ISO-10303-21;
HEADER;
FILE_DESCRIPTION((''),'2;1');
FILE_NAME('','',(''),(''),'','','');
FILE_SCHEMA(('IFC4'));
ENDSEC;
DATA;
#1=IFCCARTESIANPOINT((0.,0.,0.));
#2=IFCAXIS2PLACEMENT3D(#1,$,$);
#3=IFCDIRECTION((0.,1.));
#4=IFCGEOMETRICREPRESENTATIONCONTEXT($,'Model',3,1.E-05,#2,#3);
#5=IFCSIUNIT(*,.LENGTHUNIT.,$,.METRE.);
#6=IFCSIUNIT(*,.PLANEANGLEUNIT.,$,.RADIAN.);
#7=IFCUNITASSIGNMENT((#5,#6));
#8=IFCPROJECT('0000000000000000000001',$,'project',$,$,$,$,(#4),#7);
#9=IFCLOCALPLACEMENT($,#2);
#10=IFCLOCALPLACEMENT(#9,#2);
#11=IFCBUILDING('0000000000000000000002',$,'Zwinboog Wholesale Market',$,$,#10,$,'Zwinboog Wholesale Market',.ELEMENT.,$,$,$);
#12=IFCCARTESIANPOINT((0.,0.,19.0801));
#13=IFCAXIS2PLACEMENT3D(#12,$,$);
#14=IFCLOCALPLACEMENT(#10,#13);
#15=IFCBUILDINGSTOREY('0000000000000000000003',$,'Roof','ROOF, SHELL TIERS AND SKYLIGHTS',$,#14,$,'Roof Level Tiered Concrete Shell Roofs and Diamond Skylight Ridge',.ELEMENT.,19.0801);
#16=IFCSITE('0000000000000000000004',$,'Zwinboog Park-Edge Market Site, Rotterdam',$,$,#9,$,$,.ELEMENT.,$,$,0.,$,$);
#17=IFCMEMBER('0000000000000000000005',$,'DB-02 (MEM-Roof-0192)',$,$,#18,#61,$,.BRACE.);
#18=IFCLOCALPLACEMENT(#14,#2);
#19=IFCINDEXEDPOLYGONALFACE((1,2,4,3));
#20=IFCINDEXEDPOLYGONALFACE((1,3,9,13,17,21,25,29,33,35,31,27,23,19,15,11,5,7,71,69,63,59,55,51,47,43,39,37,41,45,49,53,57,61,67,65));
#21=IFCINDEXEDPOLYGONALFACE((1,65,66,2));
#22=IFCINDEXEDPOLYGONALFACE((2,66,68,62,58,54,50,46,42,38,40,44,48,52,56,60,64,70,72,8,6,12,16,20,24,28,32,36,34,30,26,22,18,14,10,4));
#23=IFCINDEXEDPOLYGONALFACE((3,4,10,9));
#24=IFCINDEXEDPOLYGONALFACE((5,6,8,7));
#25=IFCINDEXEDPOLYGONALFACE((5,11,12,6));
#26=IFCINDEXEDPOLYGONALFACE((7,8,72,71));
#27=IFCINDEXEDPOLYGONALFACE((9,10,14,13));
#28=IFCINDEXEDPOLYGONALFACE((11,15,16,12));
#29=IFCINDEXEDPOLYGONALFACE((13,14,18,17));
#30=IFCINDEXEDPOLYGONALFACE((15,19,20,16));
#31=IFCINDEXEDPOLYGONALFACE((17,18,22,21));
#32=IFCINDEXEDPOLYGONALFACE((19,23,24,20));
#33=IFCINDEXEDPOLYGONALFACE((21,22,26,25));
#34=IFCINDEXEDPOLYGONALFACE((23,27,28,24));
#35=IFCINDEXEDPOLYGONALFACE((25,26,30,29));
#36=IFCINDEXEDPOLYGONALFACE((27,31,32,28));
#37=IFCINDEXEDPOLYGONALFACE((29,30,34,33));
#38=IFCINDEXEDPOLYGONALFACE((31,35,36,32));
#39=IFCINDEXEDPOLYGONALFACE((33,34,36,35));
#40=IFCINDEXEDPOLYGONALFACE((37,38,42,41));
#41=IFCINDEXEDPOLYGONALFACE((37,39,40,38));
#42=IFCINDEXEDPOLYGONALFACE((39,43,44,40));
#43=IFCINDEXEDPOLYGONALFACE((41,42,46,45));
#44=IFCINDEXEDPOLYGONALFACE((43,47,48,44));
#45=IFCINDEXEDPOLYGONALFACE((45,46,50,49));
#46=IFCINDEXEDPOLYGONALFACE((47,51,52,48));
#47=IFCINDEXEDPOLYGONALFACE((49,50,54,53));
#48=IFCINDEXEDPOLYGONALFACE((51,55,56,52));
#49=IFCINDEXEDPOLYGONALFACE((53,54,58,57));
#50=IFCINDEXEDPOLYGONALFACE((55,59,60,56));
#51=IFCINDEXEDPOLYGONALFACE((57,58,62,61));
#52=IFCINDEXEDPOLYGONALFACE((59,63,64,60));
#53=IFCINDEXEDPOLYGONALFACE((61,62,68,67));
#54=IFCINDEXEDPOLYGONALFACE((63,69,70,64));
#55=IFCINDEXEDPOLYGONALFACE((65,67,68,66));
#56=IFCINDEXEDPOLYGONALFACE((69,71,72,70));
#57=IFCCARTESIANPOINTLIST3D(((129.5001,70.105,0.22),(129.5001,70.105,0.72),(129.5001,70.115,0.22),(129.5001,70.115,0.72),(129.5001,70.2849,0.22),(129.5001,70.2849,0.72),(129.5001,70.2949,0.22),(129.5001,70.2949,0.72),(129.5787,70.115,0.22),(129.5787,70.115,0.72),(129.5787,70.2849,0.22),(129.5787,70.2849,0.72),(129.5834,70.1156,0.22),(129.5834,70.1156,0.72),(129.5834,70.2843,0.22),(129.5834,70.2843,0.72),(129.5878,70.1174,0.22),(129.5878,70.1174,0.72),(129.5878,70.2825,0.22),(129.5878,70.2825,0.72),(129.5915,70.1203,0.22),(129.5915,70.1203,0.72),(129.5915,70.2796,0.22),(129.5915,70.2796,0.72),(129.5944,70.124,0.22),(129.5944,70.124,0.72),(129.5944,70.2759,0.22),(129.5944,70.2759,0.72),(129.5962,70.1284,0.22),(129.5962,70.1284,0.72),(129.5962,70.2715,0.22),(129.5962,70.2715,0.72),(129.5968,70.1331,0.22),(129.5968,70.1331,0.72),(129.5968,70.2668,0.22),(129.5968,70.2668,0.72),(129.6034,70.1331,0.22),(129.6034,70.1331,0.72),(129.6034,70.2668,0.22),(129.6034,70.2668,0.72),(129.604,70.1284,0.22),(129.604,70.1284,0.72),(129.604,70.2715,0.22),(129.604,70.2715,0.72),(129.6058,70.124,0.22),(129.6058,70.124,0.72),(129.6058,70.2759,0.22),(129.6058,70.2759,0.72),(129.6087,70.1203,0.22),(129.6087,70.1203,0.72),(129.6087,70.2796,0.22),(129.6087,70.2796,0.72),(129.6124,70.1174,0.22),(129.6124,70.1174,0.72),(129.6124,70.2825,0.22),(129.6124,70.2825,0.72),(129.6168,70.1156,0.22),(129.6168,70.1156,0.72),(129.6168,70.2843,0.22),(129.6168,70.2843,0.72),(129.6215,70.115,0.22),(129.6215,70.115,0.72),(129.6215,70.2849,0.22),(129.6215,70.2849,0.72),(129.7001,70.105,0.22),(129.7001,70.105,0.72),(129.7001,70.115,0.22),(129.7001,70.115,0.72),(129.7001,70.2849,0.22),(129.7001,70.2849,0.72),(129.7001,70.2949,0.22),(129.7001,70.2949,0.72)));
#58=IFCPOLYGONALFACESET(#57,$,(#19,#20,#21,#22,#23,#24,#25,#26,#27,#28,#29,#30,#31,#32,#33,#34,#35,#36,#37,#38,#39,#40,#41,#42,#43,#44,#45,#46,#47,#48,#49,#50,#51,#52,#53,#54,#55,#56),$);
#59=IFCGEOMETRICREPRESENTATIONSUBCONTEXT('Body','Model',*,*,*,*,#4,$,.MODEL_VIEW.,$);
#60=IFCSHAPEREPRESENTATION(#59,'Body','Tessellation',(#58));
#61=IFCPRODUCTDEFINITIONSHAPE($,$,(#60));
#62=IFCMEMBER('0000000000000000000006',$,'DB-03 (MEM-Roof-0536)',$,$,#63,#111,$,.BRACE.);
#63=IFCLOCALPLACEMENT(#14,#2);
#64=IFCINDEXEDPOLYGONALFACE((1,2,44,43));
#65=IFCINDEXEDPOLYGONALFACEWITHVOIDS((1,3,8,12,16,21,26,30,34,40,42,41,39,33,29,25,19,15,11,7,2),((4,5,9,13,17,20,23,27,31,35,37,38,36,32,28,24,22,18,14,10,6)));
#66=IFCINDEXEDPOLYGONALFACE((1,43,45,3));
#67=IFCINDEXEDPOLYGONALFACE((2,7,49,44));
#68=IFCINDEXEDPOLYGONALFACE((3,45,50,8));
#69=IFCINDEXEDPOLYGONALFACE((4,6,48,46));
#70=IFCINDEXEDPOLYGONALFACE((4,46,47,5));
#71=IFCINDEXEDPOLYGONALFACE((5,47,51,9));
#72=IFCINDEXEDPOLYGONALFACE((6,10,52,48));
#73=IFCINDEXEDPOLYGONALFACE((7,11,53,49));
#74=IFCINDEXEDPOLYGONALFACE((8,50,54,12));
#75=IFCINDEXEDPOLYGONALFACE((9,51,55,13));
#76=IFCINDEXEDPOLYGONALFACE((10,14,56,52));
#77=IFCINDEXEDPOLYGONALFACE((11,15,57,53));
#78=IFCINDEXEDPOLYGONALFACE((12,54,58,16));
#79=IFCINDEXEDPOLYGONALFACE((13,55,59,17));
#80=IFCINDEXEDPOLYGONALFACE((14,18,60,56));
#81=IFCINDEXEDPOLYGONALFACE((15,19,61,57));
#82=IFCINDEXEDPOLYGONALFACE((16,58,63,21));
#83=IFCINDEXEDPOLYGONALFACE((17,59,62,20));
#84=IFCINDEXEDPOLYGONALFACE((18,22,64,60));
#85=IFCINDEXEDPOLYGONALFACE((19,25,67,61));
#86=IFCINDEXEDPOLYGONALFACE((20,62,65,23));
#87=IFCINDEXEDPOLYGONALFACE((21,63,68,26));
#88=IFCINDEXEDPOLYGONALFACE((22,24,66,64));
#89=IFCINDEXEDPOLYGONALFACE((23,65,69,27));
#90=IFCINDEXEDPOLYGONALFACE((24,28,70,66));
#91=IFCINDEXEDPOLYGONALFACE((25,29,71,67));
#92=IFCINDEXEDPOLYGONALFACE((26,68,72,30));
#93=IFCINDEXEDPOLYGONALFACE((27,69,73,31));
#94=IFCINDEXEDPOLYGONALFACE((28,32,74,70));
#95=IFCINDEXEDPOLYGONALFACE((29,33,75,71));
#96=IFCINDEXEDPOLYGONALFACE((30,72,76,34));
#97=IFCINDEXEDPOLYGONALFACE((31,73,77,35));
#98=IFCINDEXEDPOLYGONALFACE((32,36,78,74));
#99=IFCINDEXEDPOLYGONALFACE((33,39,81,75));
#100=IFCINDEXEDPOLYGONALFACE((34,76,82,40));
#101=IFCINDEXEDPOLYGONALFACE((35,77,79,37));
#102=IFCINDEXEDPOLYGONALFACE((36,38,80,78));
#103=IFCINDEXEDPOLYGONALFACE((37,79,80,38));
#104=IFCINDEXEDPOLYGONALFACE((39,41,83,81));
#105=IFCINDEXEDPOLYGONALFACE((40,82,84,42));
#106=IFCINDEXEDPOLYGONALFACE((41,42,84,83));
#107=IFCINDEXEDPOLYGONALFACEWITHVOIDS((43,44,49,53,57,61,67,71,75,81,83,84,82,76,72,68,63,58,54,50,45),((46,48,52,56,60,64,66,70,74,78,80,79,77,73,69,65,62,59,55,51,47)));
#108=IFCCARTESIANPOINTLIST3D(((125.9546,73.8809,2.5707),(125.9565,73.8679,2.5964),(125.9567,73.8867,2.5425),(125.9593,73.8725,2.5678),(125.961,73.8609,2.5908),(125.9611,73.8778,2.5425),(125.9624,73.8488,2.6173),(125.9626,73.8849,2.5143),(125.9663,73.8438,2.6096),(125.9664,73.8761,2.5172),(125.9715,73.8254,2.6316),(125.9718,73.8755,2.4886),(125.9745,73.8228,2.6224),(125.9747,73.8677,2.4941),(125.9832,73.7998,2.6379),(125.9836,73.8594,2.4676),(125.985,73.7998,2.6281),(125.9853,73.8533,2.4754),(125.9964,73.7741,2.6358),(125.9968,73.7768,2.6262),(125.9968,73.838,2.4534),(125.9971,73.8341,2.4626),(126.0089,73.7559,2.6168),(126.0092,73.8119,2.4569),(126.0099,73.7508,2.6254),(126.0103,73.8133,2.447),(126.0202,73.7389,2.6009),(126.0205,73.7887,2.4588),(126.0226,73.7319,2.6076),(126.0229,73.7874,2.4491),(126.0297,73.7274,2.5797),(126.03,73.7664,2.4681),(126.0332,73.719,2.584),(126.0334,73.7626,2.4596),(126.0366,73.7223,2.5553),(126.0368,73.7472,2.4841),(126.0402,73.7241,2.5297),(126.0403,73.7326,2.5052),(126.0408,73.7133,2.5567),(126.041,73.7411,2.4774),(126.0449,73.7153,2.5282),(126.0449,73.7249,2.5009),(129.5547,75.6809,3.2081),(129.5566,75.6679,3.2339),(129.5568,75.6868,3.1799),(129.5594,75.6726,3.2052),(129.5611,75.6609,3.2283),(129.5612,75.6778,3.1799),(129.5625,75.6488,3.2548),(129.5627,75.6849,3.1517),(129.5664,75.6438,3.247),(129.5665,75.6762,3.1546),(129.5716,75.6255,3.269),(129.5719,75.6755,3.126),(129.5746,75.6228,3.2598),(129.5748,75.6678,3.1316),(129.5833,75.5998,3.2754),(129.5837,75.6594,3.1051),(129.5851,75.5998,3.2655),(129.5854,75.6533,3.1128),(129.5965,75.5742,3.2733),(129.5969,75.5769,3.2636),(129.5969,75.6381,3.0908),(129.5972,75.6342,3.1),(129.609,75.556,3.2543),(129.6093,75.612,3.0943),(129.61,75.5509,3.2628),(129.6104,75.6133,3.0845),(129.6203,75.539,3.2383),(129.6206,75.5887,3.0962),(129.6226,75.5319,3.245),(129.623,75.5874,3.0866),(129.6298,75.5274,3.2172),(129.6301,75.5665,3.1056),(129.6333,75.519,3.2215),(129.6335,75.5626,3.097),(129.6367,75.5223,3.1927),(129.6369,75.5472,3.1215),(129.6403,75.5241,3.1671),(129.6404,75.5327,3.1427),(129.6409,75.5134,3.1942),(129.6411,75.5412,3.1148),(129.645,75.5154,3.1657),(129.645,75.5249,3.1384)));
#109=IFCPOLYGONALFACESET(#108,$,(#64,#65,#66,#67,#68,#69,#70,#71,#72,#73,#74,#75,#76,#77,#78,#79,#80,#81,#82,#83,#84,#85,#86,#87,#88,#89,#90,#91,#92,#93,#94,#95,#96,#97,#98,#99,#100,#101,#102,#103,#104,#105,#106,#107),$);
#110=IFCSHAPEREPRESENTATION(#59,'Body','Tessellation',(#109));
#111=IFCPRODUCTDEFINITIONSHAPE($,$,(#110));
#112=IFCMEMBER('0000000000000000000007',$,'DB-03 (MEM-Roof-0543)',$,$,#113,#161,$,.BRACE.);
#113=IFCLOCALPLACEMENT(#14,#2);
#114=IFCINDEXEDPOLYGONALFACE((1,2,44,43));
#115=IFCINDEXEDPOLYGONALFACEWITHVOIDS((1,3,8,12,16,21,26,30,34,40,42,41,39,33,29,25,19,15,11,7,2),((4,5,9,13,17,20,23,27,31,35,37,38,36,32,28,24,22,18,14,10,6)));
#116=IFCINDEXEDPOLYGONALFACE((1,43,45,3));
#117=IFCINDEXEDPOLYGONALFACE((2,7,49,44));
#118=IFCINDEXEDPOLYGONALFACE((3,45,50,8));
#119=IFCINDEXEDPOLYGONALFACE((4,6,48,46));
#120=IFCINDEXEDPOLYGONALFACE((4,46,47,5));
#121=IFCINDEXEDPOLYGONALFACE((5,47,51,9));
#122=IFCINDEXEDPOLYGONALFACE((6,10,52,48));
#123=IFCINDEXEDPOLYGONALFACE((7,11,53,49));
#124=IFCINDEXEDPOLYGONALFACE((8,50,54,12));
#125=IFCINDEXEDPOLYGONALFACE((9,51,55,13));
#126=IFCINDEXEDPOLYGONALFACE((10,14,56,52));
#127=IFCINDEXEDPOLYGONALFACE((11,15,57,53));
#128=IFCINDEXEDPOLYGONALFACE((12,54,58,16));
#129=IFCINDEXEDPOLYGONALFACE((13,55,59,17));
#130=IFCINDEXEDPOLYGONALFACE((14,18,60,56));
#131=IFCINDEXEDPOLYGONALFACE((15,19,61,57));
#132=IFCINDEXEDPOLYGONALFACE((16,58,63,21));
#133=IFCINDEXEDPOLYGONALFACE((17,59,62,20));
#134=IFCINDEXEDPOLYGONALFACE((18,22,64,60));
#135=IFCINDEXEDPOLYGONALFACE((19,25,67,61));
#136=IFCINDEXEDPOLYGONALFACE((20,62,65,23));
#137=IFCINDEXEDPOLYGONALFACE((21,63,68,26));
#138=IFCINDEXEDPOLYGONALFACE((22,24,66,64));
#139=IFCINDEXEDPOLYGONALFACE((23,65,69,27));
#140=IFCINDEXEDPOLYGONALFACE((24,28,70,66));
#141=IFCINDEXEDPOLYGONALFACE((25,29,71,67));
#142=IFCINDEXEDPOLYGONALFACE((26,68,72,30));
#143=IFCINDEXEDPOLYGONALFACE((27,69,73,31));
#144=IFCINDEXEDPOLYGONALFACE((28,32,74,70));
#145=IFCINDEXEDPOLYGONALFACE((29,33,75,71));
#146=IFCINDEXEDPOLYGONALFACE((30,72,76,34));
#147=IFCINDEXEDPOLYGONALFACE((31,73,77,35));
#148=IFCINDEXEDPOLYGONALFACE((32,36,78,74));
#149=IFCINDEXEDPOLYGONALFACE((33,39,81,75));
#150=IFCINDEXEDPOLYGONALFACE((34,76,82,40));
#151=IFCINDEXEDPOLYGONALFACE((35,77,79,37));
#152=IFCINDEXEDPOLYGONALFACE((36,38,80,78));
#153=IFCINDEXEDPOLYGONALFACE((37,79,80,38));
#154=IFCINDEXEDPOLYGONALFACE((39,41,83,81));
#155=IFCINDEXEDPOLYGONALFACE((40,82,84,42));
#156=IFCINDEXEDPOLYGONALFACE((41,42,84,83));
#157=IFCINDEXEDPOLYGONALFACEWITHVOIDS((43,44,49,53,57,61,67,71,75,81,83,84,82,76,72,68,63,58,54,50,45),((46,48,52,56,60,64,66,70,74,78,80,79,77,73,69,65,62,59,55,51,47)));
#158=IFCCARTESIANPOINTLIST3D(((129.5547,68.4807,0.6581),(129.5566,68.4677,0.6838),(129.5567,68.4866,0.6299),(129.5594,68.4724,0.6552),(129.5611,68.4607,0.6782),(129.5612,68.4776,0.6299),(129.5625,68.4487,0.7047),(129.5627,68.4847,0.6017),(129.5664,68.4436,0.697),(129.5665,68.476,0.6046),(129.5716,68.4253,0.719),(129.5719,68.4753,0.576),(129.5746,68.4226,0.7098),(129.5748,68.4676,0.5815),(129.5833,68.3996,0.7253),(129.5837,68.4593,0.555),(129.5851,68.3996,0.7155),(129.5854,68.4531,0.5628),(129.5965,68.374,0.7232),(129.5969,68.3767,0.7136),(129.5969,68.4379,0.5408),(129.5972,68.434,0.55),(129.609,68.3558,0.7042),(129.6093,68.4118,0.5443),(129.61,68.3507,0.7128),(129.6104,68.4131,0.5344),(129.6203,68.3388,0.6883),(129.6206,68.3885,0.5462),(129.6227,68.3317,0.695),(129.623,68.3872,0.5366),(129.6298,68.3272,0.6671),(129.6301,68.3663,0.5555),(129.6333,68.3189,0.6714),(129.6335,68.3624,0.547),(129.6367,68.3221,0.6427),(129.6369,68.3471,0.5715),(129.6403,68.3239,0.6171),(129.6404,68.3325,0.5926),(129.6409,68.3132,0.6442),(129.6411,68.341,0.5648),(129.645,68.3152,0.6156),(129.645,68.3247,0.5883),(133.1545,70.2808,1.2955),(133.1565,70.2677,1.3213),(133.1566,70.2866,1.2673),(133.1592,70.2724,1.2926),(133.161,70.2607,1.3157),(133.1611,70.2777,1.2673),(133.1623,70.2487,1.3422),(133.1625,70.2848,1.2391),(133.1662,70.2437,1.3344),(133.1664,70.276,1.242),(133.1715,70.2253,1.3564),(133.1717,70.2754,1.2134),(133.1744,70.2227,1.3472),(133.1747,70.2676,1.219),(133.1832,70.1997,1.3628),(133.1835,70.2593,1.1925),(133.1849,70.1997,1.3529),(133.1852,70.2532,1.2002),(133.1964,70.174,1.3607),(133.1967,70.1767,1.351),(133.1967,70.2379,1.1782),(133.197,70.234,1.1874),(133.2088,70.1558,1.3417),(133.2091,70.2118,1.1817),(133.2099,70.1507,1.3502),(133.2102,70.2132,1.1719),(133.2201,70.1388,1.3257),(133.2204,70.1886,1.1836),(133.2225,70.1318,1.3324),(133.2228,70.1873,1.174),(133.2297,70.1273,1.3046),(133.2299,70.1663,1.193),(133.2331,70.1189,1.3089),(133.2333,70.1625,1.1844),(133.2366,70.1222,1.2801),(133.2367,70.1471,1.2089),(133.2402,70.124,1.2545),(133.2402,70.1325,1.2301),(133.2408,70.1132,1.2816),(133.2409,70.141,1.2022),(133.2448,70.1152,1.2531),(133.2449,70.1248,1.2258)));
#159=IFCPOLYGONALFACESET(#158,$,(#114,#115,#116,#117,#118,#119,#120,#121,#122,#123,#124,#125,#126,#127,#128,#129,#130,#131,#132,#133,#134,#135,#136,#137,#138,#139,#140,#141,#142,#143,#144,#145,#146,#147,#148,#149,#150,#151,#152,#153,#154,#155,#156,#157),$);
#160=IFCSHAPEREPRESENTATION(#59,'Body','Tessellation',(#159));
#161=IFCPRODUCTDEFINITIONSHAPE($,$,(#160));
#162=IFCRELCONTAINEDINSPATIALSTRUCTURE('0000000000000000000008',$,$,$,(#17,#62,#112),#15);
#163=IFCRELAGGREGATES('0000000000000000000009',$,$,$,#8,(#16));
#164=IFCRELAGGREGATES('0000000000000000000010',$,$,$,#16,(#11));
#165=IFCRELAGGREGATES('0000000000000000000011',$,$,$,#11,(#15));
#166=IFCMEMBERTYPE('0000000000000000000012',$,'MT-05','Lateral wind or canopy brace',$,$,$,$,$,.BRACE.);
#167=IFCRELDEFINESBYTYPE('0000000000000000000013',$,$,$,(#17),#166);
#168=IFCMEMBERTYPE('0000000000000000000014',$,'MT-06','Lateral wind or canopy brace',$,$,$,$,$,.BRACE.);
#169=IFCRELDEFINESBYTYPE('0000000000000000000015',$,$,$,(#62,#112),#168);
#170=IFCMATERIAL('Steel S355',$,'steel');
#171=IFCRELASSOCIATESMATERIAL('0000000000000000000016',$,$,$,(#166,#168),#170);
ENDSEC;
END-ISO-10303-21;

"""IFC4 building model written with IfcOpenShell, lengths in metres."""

from ifc_helpers import new_model, si_unit, direction, frame, origin, origin_2d, place, context, subcontext, project, spatial, hollow_circle, i_section, extrude, material, material_profile, profile_set, type_object, element, save


model = new_model("IFC4")

# Units and contexts
model_context = context("Model", 3, precision=1e-05, world=origin(), true_north=direction((0.0, 1.0)))
body_context = subcontext(model_context, "Body", "Model", "MODEL_VIEW")
ifc_project = project(units=[si_unit("LENGTHUNIT", "METRE"), si_unit("PLANEANGLEUNIT", "RADIAN")], contexts=[model_context])

# Site, building, storey
site_placement = place(None, origin())
site = spatial("IfcSite", under=ifc_project, at=site_placement, Name="Zwinboog Park-Edge Market Site, Rotterdam", CompositionType="ELEMENT", RefElevation=0.0)
building_placement = place(site_placement, origin())
building = spatial("IfcBuilding", under=site, at=building_placement, Name="Zwinboog Wholesale Market", LongName="Zwinboog Wholesale Market", CompositionType="ELEMENT")
storey_placement = place(building_placement, frame((0.0, 0.0, 19.0801)))
storey = spatial("IfcBuildingStorey", under=building, at=storey_placement, Name="Roof", Description="ROOF, SHELL TIERS AND SKYLIGHTS", LongName="Roof Level Tiered Concrete Shell Roofs and Diamond Skylight Ridge", CompositionType="ELEMENT", Elevation=19.0801)

# Members
ifc_material_1 = material(Name="Steel S355", Category="steel")
ifc_material_profile_1 = material_profile(ifc_material_1, i_section(OverallWidth=0.2, OverallDepth=0.1899, WebThickness=0.0066, FlangeThickness=0.01, FilletRadius=0.0181, at=origin_2d()), Name="HEA 200")
ifc_profile_set_1 = profile_set([ifc_material_profile_1], Name="Steel S355")
member_type_1 = type_object("IfcMemberType", Name="MT-05", Description="Lateral wind or canopy brace", PredefinedType="BRACE", material=ifc_profile_set_1)
for number, where, z_axis, x_axis, name in (
    (1, (129.6001, 70.2, 0.22), (0.0, 0.0, 1.0), (1.0, 0.0, 0.0), "DB-02 (MEM-Roof-0192)"),
):
    element("IfcMember", number, at=place(storey_placement, frame(where, z_axis=z_axis, x_axis=x_axis)), inside=storey, type_object=member_type_1, Name=name, PredefinedType="BRACE", context=body_context, shape_type="SweptSolid", body=[
        extrude(i_section(OverallWidth=0.2, OverallDepth=0.1899, WebThickness=0.0066, FlangeThickness=0.01, FilletRadius=0.0181, at=origin_2d()), origin(), (0.0, 0.0, 1.0), 0.5),
    ])
ifc_material_profile_2 = material_profile(ifc_material_1, hollow_circle(Radius=0.0969, WallThickness=0.01, at=origin_2d()), Name="CHS 193.7x10")
ifc_profile_set_2 = profile_set([ifc_material_profile_2], Name="Steel S355")
member_type_2 = type_object("IfcMemberType", Name="MT-06", Description="Lateral wind or canopy brace", PredefinedType="BRACE", material=ifc_profile_set_2)
member_1_placement = place(storey_placement, frame((126.0, 73.8, 2.5425), z_axis=(0.883417, 0.441709, 0.156422), x_axis=(-0.447214, 0.894427, 0.0)))
element("IfcMember", 2, at=member_1_placement, inside=storey, type_object=member_type_2, Name="DB-03 (MEM-Roof-0536)", PredefinedType="BRACE", context=body_context, shape_type="SweptSolid", body=[
    extrude(hollow_circle(Radius=0.0969, WallThickness=0.01, at=origin_2d()), origin(), (0.0, 0.0, 1.0), 4.0752),
])
for number, where, z_axis, x_axis, name in (
    (3, (129.6001, 68.3999, 0.6299), (0.883404, 0.441732, 0.15643), (-0.447238, 0.894415, 0.0), "DB-03 (MEM-Roof-0543)"),
):
    element("IfcMember", number, at=place(storey_placement, frame(where, z_axis=z_axis, x_axis=x_axis)), inside=storey, type_object=member_type_2, Name=name, PredefinedType="BRACE", context=body_context, shape_type="SweptSolid", body=[
        extrude(hollow_circle(Radius=0.0969, WallThickness=0.01, at=origin_2d()), origin(), (0.0, 0.0, 1.0), 4.075),
    ])

save(model, "model.ifc")
